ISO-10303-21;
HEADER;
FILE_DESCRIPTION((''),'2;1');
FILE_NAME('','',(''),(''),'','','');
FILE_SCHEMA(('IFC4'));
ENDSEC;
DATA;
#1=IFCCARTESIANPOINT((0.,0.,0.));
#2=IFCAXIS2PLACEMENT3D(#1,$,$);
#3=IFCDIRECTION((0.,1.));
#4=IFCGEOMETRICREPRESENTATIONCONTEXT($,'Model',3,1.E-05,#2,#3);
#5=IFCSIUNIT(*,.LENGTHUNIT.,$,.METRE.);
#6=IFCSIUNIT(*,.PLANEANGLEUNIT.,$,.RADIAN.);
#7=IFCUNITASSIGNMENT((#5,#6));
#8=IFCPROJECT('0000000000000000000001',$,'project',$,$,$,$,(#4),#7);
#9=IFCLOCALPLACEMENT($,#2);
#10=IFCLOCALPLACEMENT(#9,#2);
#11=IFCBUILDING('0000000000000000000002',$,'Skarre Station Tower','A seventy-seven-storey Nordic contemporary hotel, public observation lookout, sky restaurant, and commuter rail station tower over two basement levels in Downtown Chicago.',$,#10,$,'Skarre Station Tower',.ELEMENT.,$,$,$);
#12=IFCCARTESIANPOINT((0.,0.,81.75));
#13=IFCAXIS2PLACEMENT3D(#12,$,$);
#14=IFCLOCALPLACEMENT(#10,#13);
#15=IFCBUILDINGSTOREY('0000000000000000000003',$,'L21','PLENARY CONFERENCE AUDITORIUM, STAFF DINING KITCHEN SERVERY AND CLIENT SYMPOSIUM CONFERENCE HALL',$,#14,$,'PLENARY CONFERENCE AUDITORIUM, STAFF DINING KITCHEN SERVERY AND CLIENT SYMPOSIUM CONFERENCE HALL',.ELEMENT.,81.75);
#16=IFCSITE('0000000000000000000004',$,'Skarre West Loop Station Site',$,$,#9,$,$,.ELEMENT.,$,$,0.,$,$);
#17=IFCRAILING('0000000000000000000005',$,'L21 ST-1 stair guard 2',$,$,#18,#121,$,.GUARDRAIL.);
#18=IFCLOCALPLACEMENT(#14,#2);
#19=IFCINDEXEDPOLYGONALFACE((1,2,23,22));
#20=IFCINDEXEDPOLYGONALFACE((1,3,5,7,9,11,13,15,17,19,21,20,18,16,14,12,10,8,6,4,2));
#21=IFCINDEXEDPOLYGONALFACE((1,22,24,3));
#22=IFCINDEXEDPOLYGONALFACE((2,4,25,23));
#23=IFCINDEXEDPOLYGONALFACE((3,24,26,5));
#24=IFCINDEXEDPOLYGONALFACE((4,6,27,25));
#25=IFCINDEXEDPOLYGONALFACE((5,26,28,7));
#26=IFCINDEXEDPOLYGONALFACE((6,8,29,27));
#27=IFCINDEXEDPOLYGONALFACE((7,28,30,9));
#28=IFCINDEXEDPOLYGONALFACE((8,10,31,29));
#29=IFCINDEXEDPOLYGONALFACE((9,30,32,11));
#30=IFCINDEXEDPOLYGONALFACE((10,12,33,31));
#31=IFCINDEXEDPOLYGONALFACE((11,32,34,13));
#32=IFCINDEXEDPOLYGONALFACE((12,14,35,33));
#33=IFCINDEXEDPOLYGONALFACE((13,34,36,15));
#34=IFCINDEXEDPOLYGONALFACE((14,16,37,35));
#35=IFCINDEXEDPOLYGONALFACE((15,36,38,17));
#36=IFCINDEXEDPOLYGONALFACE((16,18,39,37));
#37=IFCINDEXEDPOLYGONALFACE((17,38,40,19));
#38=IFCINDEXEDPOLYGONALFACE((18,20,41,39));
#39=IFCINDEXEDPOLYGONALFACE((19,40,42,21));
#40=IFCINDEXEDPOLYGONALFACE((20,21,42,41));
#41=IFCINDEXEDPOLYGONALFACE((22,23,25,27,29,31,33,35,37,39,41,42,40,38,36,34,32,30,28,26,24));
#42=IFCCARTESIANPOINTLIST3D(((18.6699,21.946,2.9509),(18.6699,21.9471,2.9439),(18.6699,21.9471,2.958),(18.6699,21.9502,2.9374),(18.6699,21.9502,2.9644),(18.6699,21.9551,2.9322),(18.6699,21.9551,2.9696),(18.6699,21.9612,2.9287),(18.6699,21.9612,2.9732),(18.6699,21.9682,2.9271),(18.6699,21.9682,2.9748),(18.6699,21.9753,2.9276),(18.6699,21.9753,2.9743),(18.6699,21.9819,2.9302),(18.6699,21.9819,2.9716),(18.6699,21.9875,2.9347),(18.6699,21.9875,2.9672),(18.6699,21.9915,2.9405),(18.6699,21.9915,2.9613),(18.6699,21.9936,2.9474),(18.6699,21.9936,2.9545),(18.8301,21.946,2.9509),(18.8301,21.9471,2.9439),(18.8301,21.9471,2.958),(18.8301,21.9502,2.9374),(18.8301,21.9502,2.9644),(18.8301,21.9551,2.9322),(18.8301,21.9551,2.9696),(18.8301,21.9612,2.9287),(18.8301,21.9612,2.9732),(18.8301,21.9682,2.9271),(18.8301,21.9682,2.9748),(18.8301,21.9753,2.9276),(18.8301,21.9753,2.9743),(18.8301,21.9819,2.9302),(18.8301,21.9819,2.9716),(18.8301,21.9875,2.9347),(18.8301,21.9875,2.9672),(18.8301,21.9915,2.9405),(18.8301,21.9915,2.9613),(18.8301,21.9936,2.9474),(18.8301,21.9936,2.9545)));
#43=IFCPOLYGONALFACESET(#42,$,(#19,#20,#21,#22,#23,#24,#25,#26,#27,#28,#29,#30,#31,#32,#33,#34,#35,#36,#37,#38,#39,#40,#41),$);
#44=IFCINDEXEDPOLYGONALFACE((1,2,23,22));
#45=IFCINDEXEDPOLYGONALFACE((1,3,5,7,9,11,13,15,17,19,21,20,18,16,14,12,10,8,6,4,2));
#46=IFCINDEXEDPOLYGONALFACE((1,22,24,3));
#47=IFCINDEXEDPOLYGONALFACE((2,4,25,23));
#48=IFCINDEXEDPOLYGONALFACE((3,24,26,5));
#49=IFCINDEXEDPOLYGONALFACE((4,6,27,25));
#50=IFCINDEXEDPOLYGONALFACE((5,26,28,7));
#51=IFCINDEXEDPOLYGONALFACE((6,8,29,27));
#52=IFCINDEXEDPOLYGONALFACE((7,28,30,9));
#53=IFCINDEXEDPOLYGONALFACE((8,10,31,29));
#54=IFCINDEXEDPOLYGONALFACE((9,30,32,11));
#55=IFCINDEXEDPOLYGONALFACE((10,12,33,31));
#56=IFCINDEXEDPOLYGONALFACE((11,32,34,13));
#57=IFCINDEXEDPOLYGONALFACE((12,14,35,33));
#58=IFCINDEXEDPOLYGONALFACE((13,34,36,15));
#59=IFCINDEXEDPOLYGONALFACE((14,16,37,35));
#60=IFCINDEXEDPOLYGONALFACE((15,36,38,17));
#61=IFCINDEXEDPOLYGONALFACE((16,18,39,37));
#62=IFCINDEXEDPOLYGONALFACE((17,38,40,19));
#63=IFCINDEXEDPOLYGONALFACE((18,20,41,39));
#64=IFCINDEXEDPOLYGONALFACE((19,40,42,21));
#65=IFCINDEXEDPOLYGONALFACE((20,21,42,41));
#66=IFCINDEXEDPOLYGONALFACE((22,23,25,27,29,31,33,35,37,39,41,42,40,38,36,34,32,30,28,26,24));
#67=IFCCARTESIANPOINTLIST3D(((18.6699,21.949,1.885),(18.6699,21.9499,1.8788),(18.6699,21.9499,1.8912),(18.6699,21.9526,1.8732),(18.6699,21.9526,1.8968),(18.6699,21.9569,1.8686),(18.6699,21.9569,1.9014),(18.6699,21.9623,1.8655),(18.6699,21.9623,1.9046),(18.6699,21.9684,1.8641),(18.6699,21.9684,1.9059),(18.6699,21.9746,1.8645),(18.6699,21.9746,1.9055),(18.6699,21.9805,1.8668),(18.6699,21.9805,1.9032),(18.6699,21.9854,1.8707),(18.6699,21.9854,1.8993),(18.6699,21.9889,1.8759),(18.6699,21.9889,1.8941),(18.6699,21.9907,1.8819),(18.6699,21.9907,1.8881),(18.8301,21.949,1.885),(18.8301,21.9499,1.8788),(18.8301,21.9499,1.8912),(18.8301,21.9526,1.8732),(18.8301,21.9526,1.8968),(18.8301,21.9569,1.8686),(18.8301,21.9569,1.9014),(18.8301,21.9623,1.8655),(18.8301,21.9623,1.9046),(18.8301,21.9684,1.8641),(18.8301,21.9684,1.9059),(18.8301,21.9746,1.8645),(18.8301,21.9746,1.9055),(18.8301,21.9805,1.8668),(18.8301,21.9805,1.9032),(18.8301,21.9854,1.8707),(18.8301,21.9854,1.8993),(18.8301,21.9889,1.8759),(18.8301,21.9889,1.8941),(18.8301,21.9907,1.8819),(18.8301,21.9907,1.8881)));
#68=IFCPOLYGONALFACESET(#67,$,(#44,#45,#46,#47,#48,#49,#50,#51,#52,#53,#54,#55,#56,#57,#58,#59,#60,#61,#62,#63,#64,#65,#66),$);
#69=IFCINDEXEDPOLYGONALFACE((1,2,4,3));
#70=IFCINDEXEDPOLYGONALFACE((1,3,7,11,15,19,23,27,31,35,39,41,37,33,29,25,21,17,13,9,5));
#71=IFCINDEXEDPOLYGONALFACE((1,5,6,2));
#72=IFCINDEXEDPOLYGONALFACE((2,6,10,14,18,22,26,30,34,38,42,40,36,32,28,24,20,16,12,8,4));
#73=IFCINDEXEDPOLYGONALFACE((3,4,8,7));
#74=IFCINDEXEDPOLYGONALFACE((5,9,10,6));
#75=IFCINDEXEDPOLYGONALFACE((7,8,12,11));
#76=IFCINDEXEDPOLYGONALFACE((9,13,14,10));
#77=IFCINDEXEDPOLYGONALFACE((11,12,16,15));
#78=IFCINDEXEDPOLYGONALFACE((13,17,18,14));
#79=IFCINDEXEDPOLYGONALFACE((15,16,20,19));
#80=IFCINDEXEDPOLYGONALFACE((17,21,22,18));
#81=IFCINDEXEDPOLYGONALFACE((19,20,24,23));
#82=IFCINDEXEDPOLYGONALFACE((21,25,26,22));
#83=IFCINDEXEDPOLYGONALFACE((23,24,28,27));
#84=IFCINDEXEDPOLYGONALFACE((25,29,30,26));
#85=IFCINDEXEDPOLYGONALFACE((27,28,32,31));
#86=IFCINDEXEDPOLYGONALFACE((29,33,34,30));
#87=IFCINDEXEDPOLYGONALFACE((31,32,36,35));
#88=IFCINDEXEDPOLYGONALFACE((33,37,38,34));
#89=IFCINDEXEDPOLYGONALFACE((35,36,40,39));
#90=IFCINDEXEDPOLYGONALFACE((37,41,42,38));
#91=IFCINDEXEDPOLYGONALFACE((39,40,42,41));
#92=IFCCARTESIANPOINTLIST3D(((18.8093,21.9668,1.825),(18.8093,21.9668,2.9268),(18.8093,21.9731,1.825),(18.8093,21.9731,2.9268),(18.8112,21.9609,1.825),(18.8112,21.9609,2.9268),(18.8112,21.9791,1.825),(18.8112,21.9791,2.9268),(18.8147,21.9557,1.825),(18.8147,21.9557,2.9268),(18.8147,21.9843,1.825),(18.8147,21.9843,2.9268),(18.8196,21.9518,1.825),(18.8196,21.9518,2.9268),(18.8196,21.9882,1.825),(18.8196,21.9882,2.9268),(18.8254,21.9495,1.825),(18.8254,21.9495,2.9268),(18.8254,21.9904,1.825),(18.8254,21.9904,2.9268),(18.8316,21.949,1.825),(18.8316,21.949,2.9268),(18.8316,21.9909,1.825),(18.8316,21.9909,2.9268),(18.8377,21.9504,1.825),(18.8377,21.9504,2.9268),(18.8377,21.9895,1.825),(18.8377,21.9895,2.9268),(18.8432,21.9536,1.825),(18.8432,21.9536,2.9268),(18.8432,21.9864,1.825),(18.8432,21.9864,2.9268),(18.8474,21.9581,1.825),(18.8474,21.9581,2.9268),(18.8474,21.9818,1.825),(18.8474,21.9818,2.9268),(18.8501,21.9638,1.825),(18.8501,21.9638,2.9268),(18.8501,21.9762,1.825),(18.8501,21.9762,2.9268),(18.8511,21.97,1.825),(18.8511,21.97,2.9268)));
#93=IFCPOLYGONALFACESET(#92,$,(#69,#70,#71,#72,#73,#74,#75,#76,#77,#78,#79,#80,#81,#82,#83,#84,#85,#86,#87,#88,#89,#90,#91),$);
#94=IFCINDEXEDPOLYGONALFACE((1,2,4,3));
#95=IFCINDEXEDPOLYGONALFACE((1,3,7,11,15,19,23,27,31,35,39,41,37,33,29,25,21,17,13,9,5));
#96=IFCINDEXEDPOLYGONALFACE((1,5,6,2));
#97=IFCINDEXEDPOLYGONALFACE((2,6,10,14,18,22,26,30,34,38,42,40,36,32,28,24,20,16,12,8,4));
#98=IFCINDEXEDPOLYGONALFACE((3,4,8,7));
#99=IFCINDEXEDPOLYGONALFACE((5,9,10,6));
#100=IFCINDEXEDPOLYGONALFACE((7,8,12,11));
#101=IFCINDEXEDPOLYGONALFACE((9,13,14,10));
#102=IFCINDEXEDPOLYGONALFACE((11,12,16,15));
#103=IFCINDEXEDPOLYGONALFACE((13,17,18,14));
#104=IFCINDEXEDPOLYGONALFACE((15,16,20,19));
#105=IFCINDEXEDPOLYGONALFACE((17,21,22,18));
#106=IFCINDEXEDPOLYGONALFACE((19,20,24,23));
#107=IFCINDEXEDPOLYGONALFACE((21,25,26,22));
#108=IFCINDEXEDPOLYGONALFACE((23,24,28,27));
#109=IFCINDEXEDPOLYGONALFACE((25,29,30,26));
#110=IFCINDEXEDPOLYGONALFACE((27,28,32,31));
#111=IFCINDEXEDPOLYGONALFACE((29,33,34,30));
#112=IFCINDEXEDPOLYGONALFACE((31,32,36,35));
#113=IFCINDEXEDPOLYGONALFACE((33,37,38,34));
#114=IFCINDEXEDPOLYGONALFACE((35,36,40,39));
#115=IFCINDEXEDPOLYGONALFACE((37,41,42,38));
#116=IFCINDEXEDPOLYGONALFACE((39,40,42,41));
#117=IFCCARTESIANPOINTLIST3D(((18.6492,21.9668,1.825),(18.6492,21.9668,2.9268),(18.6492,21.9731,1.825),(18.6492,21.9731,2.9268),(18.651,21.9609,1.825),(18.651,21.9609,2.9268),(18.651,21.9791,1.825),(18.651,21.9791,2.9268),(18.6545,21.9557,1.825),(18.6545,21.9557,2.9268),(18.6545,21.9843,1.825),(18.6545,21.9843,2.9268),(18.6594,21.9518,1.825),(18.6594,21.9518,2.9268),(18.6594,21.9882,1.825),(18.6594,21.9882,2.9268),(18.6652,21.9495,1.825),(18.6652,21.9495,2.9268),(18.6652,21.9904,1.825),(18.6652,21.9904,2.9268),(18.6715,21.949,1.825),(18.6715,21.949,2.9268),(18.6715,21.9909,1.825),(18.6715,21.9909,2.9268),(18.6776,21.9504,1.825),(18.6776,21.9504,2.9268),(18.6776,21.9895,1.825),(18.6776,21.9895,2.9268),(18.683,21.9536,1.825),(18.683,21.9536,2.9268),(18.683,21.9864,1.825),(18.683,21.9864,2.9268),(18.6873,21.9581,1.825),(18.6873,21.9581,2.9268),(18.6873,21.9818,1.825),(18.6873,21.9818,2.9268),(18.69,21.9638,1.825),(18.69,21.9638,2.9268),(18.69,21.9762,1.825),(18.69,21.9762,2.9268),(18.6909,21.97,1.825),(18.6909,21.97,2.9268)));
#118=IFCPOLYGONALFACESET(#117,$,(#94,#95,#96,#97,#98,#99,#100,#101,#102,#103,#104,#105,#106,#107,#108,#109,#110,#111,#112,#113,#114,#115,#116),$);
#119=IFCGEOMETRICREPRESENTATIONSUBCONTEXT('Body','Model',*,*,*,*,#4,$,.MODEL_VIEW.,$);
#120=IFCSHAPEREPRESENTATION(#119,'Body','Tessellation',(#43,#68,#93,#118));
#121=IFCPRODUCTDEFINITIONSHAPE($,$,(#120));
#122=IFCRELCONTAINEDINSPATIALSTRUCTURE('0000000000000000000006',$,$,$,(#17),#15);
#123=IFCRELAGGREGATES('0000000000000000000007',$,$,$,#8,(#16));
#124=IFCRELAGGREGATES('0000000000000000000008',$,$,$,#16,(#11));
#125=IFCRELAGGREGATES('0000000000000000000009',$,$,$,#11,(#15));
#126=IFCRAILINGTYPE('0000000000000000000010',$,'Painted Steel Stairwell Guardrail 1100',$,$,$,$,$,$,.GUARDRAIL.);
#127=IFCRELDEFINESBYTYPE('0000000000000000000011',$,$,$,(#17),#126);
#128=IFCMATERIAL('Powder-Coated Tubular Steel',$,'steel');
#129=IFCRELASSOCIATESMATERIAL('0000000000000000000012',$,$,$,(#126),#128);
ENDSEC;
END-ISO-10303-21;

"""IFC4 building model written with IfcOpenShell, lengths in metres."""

from ifc_helpers import new_model, si_unit, direction, frame, origin, origin_2d, place, context, subcontext, project, spatial, circle, extrude, material, type_object, element, save


model = new_model("IFC4")

# Units and contexts
model_context = context("Model", 3, precision=1e-05, world=origin(), true_north=direction((0.0, 1.0)))
body_context = subcontext(model_context, "Body", "Model", "MODEL_VIEW")
ifc_project = project(units=[si_unit("LENGTHUNIT", "METRE"), si_unit("PLANEANGLEUNIT", "RADIAN")], contexts=[model_context])

# Site, building, storey
site_placement = place(None, origin())
site = spatial("IfcSite", under=ifc_project, at=site_placement, Name="Skarre West Loop Station Site", CompositionType="ELEMENT", RefElevation=0.0)
building_placement = place(site_placement, origin())
building = spatial("IfcBuilding", under=site, at=building_placement, Name="Skarre Station Tower", Description="A seventy-seven-storey Nordic contemporary hotel, public observation lookout, sky restaurant, and commuter rail station tower over two basement levels in Downtown Chicago.", LongName="Skarre Station Tower", CompositionType="ELEMENT")
storey_placement = place(building_placement, frame((0.0, 0.0, 81.75)))
storey = spatial("IfcBuildingStorey", under=building, at=storey_placement, Name="L21", Description="PLENARY CONFERENCE AUDITORIUM, STAFF DINING KITCHEN SERVERY AND CLIENT SYMPOSIUM CONFERENCE HALL", LongName="PLENARY CONFERENCE AUDITORIUM, STAFF DINING KITCHEN SERVERY AND CLIENT SYMPOSIUM CONFERENCE HALL", CompositionType="ELEMENT", Elevation=81.75)

# Railing
ifc_material_1 = material(Name="Powder-Coated Tubular Steel", Category="steel")
railing_type_1 = type_object("IfcRailingType", Name="Painted Steel Stairwell Guardrail 1100", PredefinedType="GUARDRAIL", material=ifc_material_1)
railing_1_placement = place(storey_placement, frame((18.8301, 21.97, 1.825)))
element("IfcRailing", 1, at=railing_1_placement, inside=storey, type_object=railing_type_1, Name="L21 ST-1 stair guard 2", PredefinedType="GUARDRAIL", context=body_context, shape_type="SweptSolid", body=[
    extrude(circle(Radius=0.0239, at=origin_2d()), frame((0.0, 0.0, 1.126), z_axis=(-1.0, 0.0, 0.0), x_axis=(0.0, -1.0, 0.0)), (0.0, 0.0, 1.0), 0.1602),
    extrude(circle(Radius=0.021, at=origin_2d()), frame((0.0, 0.0, 0.0601), z_axis=(-1.0, 0.0, 0.0), x_axis=(0.0, -1.0, 0.0)), (0.0, 0.0, 1.0), 0.1602),
    extrude(circle(Radius=0.021, at=origin_2d()), origin(), (0.0, 0.0, 1.0), 1.1018),
    extrude(circle(Radius=0.021, at=origin_2d()), frame((-0.1602, 0.0, 0.0)), (0.0, 0.0, 1.0), 1.1018),
])

save(model, "model.ifc")
